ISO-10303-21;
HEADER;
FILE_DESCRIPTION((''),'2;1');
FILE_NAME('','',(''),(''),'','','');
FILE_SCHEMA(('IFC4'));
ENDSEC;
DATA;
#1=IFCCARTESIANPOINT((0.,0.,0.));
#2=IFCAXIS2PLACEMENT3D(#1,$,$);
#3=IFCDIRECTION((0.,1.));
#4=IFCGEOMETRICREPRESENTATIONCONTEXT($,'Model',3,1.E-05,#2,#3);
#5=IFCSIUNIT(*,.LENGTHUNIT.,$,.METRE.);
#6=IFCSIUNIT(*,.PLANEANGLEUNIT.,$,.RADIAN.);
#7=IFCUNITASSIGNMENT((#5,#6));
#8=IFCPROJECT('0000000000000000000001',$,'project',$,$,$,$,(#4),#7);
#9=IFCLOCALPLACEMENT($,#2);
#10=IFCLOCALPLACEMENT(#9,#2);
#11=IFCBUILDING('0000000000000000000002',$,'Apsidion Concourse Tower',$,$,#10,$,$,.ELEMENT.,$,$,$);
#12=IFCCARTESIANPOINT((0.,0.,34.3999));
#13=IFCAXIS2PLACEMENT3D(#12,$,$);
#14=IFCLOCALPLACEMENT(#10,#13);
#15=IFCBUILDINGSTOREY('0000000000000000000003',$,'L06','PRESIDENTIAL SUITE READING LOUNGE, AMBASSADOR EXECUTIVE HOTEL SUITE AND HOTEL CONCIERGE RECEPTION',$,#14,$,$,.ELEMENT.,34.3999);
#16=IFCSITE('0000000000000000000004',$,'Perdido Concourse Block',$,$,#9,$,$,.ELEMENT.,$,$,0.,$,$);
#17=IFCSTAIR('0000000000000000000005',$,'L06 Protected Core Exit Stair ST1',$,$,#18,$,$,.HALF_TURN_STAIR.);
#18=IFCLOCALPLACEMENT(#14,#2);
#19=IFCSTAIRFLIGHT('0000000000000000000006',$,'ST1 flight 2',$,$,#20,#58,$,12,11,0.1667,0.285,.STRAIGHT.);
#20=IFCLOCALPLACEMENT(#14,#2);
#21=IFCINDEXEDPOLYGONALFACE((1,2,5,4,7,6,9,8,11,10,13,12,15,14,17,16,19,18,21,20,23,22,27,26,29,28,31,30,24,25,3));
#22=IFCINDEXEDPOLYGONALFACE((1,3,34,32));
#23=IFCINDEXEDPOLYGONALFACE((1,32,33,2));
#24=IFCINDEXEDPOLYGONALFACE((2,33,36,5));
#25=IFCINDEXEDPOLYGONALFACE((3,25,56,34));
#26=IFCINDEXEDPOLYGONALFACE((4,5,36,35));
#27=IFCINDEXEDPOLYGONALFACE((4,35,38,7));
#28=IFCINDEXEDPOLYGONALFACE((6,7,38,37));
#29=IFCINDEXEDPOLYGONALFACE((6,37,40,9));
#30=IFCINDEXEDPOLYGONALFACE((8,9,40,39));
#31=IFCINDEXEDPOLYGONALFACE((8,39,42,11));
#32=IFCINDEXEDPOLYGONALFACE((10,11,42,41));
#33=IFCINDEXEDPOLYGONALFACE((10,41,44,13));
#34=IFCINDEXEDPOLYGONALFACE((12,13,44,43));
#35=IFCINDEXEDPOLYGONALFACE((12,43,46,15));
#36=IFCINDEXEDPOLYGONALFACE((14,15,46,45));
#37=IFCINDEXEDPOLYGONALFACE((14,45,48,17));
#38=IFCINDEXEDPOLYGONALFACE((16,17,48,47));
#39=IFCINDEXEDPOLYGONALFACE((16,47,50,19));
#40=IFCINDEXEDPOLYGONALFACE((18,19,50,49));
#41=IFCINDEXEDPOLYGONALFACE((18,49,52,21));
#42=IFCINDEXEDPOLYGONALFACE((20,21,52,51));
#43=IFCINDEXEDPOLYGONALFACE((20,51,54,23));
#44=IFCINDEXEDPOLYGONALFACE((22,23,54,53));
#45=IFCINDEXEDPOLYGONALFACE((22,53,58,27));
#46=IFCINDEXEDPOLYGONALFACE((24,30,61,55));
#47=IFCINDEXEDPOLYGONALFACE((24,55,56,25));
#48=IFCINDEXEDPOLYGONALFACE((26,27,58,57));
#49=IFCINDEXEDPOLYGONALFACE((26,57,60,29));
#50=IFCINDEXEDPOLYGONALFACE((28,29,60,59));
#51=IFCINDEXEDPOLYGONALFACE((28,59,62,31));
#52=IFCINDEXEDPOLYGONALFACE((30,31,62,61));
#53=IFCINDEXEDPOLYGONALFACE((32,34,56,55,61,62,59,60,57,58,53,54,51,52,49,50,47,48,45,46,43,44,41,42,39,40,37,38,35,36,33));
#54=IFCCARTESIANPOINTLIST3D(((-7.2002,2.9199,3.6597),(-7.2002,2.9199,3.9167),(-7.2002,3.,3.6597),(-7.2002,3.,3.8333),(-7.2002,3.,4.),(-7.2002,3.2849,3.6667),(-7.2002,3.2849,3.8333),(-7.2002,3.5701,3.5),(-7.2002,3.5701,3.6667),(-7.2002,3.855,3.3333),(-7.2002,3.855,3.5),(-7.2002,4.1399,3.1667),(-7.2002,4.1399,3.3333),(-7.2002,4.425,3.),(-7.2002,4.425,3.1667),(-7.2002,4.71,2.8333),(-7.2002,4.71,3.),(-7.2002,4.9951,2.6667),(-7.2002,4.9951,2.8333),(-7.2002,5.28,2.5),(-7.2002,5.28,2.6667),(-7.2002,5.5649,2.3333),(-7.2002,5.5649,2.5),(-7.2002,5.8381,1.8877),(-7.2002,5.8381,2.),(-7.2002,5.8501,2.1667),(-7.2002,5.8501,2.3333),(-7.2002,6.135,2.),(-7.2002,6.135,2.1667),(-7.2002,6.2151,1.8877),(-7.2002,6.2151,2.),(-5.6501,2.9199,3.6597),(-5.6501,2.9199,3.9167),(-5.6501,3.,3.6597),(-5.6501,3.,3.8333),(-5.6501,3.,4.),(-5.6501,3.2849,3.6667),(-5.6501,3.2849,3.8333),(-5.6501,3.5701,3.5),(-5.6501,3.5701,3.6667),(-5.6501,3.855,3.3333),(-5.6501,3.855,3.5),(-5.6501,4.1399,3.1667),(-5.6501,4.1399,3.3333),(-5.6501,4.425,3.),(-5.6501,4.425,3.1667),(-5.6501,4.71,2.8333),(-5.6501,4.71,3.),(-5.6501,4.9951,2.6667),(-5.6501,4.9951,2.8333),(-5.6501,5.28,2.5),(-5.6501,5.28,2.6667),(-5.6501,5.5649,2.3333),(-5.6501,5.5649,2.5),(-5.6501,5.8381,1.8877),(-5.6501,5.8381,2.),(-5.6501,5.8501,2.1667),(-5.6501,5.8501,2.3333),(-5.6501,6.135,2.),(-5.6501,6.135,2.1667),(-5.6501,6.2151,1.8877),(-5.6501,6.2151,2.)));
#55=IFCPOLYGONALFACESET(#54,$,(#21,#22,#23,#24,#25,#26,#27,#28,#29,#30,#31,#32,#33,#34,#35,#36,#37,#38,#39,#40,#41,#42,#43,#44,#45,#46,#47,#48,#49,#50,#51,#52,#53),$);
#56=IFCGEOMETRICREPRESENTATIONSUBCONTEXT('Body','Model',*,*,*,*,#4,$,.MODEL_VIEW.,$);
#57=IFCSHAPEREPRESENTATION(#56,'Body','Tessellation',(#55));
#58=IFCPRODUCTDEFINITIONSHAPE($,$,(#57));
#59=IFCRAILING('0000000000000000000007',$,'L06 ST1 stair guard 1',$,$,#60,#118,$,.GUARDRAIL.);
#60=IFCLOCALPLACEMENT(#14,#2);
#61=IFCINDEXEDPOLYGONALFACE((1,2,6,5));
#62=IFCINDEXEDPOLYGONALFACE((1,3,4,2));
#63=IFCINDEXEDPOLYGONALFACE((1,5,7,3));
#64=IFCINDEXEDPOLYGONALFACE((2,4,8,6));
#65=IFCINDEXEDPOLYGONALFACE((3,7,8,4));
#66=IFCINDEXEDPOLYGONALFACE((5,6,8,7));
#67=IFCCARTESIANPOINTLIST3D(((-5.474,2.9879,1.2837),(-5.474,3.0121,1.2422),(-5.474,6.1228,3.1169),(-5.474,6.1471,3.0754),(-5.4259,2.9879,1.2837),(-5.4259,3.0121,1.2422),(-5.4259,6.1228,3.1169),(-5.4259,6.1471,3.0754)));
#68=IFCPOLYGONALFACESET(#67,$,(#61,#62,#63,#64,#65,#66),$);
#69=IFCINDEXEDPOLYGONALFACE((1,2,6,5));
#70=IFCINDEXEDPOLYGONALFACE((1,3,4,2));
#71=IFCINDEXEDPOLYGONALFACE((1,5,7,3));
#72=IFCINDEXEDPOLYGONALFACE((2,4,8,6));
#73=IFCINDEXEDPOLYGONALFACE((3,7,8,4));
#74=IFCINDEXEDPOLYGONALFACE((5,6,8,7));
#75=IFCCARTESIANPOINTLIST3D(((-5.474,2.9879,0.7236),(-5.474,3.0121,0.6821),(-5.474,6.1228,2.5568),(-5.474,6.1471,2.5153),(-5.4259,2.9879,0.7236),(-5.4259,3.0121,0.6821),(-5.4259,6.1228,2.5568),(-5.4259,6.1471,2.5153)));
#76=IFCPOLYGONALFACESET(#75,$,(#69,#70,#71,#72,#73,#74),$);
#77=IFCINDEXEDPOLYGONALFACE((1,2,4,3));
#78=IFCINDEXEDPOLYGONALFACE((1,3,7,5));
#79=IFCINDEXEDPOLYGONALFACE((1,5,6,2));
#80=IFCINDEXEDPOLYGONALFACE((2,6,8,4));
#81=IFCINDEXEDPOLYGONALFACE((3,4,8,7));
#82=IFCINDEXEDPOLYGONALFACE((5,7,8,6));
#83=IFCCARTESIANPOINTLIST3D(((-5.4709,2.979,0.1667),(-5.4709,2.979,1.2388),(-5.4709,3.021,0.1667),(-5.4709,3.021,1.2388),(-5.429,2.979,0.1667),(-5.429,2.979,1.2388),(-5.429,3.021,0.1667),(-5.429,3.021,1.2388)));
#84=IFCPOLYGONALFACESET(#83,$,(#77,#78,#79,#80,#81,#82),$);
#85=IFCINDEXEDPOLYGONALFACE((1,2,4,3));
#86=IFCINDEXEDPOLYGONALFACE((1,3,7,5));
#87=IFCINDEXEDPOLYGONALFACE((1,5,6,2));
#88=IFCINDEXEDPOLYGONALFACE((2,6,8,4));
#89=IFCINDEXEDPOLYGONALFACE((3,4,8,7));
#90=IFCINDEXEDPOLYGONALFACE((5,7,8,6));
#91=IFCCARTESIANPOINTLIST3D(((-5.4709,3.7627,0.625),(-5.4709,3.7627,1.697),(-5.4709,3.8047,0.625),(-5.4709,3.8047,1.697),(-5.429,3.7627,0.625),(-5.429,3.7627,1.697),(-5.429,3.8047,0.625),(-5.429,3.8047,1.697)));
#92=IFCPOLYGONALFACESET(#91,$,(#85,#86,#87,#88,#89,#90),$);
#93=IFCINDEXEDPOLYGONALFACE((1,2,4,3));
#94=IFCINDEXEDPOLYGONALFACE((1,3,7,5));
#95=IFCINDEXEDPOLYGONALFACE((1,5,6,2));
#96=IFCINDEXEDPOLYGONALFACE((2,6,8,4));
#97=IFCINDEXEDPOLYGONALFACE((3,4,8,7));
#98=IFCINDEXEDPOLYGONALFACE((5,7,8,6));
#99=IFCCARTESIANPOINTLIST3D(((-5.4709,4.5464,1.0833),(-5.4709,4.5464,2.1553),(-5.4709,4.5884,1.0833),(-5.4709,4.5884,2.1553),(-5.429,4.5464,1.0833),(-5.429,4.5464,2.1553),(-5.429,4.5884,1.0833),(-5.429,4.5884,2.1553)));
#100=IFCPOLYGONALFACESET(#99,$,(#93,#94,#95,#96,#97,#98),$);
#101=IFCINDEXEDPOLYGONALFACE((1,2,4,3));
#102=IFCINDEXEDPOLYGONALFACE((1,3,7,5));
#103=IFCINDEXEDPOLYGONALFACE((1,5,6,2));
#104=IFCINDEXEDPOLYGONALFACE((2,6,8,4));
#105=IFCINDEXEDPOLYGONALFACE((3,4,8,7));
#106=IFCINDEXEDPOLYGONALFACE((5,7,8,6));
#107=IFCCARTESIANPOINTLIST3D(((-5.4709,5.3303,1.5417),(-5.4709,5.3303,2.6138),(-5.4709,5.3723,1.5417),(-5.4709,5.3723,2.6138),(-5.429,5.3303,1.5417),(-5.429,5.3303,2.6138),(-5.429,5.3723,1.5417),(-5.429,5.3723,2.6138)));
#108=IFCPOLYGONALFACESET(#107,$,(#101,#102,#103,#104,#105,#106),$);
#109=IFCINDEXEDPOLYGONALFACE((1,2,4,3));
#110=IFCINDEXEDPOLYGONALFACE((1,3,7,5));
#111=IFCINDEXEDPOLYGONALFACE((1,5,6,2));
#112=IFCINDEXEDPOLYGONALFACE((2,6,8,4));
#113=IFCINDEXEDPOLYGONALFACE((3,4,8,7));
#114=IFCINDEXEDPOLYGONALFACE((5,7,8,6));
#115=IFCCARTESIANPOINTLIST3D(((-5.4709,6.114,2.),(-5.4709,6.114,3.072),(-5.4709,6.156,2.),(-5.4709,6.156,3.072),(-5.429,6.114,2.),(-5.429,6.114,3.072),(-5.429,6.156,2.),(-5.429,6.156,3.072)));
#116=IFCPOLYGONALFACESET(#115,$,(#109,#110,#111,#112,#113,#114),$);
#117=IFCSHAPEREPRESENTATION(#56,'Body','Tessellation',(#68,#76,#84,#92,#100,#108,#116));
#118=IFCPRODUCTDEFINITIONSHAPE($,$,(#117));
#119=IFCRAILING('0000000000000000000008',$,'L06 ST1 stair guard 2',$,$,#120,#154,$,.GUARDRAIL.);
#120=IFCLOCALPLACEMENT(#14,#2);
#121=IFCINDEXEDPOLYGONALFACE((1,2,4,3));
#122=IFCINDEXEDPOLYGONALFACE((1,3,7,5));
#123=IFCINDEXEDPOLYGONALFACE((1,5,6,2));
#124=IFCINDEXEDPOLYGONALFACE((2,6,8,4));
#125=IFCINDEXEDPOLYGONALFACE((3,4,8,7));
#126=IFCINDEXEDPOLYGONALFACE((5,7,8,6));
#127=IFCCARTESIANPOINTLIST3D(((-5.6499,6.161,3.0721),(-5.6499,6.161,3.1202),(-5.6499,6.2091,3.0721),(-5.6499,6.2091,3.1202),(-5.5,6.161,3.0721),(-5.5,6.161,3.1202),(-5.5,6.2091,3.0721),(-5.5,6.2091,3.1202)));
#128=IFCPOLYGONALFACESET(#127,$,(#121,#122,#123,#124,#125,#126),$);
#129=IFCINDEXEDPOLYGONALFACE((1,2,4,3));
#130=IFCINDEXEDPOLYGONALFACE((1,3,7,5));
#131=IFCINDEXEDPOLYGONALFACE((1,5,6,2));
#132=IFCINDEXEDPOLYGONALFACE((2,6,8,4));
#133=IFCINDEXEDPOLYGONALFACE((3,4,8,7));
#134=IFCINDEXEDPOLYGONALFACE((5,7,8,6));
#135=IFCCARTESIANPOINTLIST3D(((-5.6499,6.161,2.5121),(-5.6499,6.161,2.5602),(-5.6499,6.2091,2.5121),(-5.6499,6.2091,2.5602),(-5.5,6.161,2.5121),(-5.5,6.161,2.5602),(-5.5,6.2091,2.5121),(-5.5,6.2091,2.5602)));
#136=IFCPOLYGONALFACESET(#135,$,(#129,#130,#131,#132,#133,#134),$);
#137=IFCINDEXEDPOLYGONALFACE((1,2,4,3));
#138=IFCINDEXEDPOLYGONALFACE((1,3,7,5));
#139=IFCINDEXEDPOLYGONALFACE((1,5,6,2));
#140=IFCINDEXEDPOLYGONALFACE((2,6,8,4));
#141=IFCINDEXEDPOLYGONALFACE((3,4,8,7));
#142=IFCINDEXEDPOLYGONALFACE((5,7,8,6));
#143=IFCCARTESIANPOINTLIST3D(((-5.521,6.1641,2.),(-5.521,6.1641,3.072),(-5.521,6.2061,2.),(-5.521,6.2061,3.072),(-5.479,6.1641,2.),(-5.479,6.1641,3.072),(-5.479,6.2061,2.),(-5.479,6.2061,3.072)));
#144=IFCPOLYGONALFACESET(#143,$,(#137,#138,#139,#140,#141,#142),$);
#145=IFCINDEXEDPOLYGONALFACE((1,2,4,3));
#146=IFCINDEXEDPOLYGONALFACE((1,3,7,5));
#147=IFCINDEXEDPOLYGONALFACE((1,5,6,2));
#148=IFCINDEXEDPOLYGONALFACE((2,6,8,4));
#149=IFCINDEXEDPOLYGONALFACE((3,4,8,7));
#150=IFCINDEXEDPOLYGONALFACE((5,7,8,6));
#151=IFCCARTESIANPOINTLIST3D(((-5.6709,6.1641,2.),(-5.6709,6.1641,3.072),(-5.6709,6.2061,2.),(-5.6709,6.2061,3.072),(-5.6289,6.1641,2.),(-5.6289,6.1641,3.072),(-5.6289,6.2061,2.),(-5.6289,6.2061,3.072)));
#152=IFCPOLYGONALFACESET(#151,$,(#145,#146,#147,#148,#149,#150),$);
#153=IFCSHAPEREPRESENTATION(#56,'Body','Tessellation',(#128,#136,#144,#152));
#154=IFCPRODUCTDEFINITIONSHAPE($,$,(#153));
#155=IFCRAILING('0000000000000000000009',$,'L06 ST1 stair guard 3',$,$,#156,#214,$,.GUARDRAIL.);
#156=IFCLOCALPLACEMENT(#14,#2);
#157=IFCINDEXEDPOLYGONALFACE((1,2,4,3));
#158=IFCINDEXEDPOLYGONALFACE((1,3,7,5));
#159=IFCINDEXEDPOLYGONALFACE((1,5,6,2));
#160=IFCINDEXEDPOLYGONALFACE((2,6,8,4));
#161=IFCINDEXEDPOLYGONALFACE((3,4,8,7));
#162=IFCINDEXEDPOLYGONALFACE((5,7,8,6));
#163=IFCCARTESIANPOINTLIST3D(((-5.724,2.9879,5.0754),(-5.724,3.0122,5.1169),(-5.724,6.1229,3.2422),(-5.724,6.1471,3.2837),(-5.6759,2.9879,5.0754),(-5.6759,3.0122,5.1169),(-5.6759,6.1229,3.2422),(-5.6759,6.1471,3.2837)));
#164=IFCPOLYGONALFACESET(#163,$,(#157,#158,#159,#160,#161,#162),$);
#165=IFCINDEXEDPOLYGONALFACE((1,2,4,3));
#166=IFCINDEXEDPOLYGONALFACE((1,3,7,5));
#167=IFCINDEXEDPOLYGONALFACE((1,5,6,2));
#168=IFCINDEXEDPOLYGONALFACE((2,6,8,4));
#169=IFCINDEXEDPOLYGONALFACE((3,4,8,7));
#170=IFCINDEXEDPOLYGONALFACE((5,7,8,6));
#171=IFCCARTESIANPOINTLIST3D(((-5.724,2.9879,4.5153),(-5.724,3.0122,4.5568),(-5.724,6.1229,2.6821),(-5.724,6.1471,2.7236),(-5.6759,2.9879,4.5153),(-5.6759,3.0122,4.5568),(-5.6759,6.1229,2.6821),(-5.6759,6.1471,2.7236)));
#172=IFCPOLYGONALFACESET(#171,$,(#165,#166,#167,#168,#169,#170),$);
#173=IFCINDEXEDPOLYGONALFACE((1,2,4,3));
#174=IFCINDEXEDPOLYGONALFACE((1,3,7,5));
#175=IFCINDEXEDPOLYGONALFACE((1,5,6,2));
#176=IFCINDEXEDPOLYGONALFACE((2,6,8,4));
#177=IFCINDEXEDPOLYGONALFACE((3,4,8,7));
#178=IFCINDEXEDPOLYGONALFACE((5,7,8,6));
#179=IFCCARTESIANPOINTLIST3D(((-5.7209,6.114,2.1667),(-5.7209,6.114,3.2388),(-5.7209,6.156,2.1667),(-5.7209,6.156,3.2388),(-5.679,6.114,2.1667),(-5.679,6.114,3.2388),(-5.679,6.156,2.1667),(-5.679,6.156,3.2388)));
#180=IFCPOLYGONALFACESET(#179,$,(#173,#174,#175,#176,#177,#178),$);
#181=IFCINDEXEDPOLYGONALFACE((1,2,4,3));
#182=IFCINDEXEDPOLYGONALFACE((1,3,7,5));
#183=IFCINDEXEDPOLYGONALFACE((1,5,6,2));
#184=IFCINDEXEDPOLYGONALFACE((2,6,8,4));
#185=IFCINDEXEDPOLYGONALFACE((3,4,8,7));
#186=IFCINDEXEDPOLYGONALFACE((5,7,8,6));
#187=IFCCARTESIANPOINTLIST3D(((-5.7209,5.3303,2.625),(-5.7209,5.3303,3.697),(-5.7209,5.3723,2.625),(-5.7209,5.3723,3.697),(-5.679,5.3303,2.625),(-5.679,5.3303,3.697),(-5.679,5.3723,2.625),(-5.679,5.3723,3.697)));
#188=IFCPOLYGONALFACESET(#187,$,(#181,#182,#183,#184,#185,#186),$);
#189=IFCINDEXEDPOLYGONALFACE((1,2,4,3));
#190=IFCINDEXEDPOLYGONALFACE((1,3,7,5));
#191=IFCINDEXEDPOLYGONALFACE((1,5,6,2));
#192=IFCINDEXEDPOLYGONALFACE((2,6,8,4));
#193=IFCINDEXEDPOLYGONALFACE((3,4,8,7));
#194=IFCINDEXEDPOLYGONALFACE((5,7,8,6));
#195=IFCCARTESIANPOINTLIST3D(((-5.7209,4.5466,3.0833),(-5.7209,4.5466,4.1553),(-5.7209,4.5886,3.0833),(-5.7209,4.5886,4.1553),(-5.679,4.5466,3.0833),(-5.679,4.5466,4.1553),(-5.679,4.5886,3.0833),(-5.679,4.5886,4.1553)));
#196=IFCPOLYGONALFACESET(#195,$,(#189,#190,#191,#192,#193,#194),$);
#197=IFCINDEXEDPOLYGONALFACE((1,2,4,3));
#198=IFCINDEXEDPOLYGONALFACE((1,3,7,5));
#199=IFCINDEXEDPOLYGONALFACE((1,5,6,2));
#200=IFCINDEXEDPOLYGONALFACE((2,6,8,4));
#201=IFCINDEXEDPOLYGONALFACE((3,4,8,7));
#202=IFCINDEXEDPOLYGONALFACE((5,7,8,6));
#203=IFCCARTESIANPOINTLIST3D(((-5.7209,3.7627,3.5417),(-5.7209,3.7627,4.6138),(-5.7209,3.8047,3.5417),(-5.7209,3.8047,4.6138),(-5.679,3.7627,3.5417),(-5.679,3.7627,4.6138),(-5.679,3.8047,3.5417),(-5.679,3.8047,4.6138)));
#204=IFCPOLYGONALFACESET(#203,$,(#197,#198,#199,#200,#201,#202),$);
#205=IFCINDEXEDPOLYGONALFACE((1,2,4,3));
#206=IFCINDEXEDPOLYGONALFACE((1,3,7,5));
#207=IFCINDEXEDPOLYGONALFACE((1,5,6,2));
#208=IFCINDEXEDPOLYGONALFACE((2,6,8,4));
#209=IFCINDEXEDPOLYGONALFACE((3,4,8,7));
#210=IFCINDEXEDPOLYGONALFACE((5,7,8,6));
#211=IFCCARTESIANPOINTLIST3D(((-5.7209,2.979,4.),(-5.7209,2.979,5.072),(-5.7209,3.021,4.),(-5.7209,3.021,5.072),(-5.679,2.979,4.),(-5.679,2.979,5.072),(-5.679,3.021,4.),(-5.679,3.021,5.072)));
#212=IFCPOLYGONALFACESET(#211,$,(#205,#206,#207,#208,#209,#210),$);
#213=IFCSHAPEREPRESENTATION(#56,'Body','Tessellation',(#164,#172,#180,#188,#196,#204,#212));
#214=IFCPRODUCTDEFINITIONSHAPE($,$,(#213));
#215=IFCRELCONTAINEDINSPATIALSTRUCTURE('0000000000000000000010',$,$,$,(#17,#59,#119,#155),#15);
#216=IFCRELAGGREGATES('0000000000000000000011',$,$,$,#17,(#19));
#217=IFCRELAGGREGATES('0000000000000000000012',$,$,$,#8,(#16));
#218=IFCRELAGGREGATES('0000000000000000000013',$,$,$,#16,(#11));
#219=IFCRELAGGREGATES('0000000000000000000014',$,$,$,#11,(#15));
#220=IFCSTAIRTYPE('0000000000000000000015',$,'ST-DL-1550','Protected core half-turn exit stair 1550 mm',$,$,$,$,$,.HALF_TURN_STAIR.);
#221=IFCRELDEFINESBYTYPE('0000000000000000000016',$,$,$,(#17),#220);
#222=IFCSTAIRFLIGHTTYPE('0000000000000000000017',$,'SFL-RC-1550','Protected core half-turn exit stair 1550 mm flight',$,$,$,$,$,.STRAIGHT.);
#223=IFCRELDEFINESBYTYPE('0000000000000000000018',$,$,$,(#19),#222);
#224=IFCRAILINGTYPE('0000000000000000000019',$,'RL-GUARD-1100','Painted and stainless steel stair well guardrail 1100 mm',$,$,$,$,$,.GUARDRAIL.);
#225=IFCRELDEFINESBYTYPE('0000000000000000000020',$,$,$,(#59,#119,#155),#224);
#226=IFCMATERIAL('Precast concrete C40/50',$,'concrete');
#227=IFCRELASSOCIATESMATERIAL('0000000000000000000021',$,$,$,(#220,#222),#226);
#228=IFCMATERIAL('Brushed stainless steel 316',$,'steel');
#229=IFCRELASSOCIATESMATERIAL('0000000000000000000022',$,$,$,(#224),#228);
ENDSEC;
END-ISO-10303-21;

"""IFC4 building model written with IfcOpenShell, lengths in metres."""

from ifc_helpers import new_model, si_unit, direction, frame, origin, origin_2d, place, context, subcontext, project, spatial, polyline, rectangle, outline, extrude, material, type_object, element, aggregate, save


model = new_model("IFC4")

# Units and contexts
model_context = context("Model", 3, precision=1e-05, world=origin(), true_north=direction((0.0, 1.0)))
body_context = subcontext(model_context, "Body", "Model", "MODEL_VIEW")
ifc_project = project(units=[si_unit("LENGTHUNIT", "METRE"), si_unit("PLANEANGLEUNIT", "RADIAN")], contexts=[model_context])

# Site, building, storey
site_placement = place(None, origin())
site = spatial("IfcSite", under=ifc_project, at=site_placement, Name="Perdido Concourse Block", CompositionType="ELEMENT", RefElevation=0.0)
building_placement = place(site_placement, origin())
building = spatial("IfcBuilding", under=site, at=building_placement, Name="Apsidion Concourse Tower", CompositionType="ELEMENT")
storey_placement = place(building_placement, frame((0.0, 0.0, 34.3999)))
storey = spatial("IfcBuildingStorey", under=building, at=storey_placement, Name="L06", Description="PRESIDENTIAL SUITE READING LOUNGE, AMBASSADOR EXECUTIVE HOTEL SUITE AND HOTEL CONCIERGE RECEPTION", CompositionType="ELEMENT", Elevation=34.3999)

# Shared definitions
ifc_material_1 = material(Name="Brushed stainless steel 316", Category="steel")

# Stair, stair flight
ifc_material_2 = material(Name="Precast concrete C40/50", Category="concrete")
stair_type = type_object("IfcStairType", Name="ST-DL-1550", Description="Protected core half-turn exit stair 1550 mm", PredefinedType="HALF_TURN_STAIR", material=ifc_material_2)
stair_placement = place(storey_placement, origin())
stair = element("IfcStair", 1, at=stair_placement, inside=storey, type_object=stair_type, Name="L06 Protected Core Exit Stair ST1", PredefinedType="HALF_TURN_STAIR")
stair_flight_type = type_object("IfcStairFlightType", Name="SFL-RC-1550", Description="Protected core half-turn exit stair 1550 mm flight", PredefinedType="STRAIGHT", material=ifc_material_2)
stair_flight_1_placement = place(storey_placement, frame((-6.425, 6.135, 2.0), z_axis=(0.0, 0.0, 1.0), x_axis=(0.0, -1.0, 0.0)))
stair_flight_1 = element("IfcStairFlight", 2, at=stair_flight_1_placement, type_object=stair_flight_type, Name="ST1 flight 2", NumberOfRisers=12, NumberOfTreads=11, PredefinedType="STRAIGHT", RiserHeight=0.1667, TreadLength=0.285, context=body_context, shape_type="SweptSolid", body=[
    extrude(outline(polyline([(-0.0801, -0.1123), (-0.0801, 0.0), (0.0, 0.0), (0.0, 0.1667), (0.2849, 0.1667), (0.2849, 0.3333), (0.5701, 0.3333), (0.5701, 0.5), (0.855, 0.5), (0.855, 0.6667), (1.1399, 0.6667), (1.1399, 0.8333), (1.425, 0.8333), (1.425, 1.0), (1.71, 1.0), (1.71, 1.1667), (1.9951, 1.1667), (1.9951, 1.3333), (2.28, 1.3333), (2.28, 1.5), (2.5649, 1.5), (2.5649, 1.6667), (2.8501, 1.6667), (2.8501, 1.8333), (3.135, 1.8333), (3.135, 2.0), (3.2151, 1.9167), (3.2151, 1.6597), (3.135, 1.6597), (0.2969, 0.0), (0.2969, -0.1123), (-0.0801, -0.1123)])), frame((0.0, 0.7749, 0.0), z_axis=(0.0, -1.0, 0.0), x_axis=(1.0, 0.0, 0.0)), (0.0, 0.0, 1.0), 1.55),
])
aggregate(stair, [stair_flight_1])

# Railings
railing_type_1 = type_object("IfcRailingType", Name="RL-GUARD-1100", Description="Painted and stainless steel stair well guardrail 1100 mm", PredefinedType="GUARDRAIL", material=ifc_material_1)
railing_1_placement = place(storey_placement, frame((-5.45, 3.0, 0.1667)))
element("IfcRailing", 3, at=railing_1_placement, inside=storey, type_object=railing_type_1, Name="L06 ST1 stair guard 1", PredefinedType="GUARDRAIL", context=body_context, shape_type="SweptSolid", body=[
    extrude(rectangle(XDim=0.0481, YDim=0.0481, at=origin_2d()), frame((0.0, 0.0, 1.0962), z_axis=(0.0, 0.86324, 0.504794), x_axis=(-1.0, 0.0, 0.0)), (0.0, 0.0, 1.0), 3.6316),
    extrude(rectangle(XDim=0.0481, YDim=0.0481, at=origin_2d()), frame((0.0, 0.0, 0.5361), z_axis=(0.0, 0.86324, 0.504794), x_axis=(-1.0, 0.0, 0.0)), (0.0, 0.0, 1.0), 3.6316),
    extrude(rectangle(XDim=0.042, YDim=0.042, at=origin_2d()), origin(), (0.0, 0.0, 1.0), 1.072),
    extrude(rectangle(XDim=0.042, YDim=0.042, at=origin_2d()), frame((0.0, 0.7837, 0.4583)), (0.0, 0.0, 1.0), 1.072),
    extrude(rectangle(XDim=0.042, YDim=0.042, at=origin_2d()), frame((0.0, 1.5674, 0.9165)), (0.0, 0.0, 1.0), 1.072),
    extrude(rectangle(XDim=0.042, YDim=0.042, at=origin_2d()), frame((0.0, 2.3513, 1.375)), (0.0, 0.0, 1.0), 1.072),
    extrude(rectangle(XDim=0.042, YDim=0.042, at=origin_2d()), frame((0.0, 3.135, 1.8333)), (0.0, 0.0, 1.0), 1.072),
])
railing_2_placement = place(storey_placement, frame((-5.5, 6.1851, 2.0)))
element("IfcRailing", 4, at=railing_2_placement, inside=storey, type_object=railing_type_1, Name="L06 ST1 stair guard 2", PredefinedType="GUARDRAIL", context=body_context, shape_type="SweptSolid", body=[
    extrude(rectangle(XDim=0.0481, YDim=0.0481, at=origin_2d()), frame((0.0, 0.0, 1.0962), z_axis=(-1.0, 0.0, 0.0), x_axis=(0.0, -1.0, 0.0)), (0.0, 0.0, 1.0), 0.1499),
    extrude(rectangle(XDim=0.0481, YDim=0.0481, at=origin_2d()), frame((0.0, 0.0, 0.5361), z_axis=(-1.0, 0.0, 0.0), x_axis=(0.0, -1.0, 0.0)), (0.0, 0.0, 1.0), 0.1499),
    extrude(rectangle(XDim=0.042, YDim=0.042, at=origin_2d()), origin(), (0.0, 0.0, 1.0), 1.072),
    extrude(rectangle(XDim=0.042, YDim=0.042, at=origin_2d()), frame((-0.1499, 0.0, 0.0)), (0.0, 0.0, 1.0), 1.072),
])
railing_3_placement = place(storey_placement, frame((-5.7, 6.135, 2.1667)))
element("IfcRailing", 5, at=railing_3_placement, inside=storey, type_object=railing_type_1, Name="L06 ST1 stair guard 3", PredefinedType="GUARDRAIL", context=body_context, shape_type="SweptSolid", body=[
    extrude(rectangle(XDim=0.0481, YDim=0.0481, at=origin_2d()), frame((0.0, 0.0, 1.0962), z_axis=(0.0, -0.86324, 0.504794), x_axis=(1.0, 0.0, 0.0)), (0.0, 0.0, 1.0), 3.6316),
    extrude(rectangle(XDim=0.0481, YDim=0.0481, at=origin_2d()), frame((0.0, 0.0, 0.5361), z_axis=(0.0, -0.86324, 0.504794), x_axis=(1.0, 0.0, 0.0)), (0.0, 0.0, 1.0), 3.6316),
    extrude(rectangle(XDim=0.042, YDim=0.042, at=origin_2d()), origin(), (0.0, 0.0, 1.0), 1.072),
    extrude(rectangle(XDim=0.042, YDim=0.042, at=origin_2d()), frame((0.0, -0.7837, 0.4583)), (0.0, 0.0, 1.0), 1.072),
    extrude(rectangle(XDim=0.042, YDim=0.042, at=origin_2d()), frame((0.0, -1.5674, 0.9165)), (0.0, 0.0, 1.0), 1.072),
    extrude(rectangle(XDim=0.042, YDim=0.042, at=origin_2d()), frame((0.0, -2.3513, 1.375)), (0.0, 0.0, 1.0), 1.072),
    extrude(rectangle(XDim=0.042, YDim=0.042, at=origin_2d()), frame((0.0, -3.135, 1.8333)), (0.0, 0.0, 1.0), 1.072),
])

save(model, "model.ifc")
